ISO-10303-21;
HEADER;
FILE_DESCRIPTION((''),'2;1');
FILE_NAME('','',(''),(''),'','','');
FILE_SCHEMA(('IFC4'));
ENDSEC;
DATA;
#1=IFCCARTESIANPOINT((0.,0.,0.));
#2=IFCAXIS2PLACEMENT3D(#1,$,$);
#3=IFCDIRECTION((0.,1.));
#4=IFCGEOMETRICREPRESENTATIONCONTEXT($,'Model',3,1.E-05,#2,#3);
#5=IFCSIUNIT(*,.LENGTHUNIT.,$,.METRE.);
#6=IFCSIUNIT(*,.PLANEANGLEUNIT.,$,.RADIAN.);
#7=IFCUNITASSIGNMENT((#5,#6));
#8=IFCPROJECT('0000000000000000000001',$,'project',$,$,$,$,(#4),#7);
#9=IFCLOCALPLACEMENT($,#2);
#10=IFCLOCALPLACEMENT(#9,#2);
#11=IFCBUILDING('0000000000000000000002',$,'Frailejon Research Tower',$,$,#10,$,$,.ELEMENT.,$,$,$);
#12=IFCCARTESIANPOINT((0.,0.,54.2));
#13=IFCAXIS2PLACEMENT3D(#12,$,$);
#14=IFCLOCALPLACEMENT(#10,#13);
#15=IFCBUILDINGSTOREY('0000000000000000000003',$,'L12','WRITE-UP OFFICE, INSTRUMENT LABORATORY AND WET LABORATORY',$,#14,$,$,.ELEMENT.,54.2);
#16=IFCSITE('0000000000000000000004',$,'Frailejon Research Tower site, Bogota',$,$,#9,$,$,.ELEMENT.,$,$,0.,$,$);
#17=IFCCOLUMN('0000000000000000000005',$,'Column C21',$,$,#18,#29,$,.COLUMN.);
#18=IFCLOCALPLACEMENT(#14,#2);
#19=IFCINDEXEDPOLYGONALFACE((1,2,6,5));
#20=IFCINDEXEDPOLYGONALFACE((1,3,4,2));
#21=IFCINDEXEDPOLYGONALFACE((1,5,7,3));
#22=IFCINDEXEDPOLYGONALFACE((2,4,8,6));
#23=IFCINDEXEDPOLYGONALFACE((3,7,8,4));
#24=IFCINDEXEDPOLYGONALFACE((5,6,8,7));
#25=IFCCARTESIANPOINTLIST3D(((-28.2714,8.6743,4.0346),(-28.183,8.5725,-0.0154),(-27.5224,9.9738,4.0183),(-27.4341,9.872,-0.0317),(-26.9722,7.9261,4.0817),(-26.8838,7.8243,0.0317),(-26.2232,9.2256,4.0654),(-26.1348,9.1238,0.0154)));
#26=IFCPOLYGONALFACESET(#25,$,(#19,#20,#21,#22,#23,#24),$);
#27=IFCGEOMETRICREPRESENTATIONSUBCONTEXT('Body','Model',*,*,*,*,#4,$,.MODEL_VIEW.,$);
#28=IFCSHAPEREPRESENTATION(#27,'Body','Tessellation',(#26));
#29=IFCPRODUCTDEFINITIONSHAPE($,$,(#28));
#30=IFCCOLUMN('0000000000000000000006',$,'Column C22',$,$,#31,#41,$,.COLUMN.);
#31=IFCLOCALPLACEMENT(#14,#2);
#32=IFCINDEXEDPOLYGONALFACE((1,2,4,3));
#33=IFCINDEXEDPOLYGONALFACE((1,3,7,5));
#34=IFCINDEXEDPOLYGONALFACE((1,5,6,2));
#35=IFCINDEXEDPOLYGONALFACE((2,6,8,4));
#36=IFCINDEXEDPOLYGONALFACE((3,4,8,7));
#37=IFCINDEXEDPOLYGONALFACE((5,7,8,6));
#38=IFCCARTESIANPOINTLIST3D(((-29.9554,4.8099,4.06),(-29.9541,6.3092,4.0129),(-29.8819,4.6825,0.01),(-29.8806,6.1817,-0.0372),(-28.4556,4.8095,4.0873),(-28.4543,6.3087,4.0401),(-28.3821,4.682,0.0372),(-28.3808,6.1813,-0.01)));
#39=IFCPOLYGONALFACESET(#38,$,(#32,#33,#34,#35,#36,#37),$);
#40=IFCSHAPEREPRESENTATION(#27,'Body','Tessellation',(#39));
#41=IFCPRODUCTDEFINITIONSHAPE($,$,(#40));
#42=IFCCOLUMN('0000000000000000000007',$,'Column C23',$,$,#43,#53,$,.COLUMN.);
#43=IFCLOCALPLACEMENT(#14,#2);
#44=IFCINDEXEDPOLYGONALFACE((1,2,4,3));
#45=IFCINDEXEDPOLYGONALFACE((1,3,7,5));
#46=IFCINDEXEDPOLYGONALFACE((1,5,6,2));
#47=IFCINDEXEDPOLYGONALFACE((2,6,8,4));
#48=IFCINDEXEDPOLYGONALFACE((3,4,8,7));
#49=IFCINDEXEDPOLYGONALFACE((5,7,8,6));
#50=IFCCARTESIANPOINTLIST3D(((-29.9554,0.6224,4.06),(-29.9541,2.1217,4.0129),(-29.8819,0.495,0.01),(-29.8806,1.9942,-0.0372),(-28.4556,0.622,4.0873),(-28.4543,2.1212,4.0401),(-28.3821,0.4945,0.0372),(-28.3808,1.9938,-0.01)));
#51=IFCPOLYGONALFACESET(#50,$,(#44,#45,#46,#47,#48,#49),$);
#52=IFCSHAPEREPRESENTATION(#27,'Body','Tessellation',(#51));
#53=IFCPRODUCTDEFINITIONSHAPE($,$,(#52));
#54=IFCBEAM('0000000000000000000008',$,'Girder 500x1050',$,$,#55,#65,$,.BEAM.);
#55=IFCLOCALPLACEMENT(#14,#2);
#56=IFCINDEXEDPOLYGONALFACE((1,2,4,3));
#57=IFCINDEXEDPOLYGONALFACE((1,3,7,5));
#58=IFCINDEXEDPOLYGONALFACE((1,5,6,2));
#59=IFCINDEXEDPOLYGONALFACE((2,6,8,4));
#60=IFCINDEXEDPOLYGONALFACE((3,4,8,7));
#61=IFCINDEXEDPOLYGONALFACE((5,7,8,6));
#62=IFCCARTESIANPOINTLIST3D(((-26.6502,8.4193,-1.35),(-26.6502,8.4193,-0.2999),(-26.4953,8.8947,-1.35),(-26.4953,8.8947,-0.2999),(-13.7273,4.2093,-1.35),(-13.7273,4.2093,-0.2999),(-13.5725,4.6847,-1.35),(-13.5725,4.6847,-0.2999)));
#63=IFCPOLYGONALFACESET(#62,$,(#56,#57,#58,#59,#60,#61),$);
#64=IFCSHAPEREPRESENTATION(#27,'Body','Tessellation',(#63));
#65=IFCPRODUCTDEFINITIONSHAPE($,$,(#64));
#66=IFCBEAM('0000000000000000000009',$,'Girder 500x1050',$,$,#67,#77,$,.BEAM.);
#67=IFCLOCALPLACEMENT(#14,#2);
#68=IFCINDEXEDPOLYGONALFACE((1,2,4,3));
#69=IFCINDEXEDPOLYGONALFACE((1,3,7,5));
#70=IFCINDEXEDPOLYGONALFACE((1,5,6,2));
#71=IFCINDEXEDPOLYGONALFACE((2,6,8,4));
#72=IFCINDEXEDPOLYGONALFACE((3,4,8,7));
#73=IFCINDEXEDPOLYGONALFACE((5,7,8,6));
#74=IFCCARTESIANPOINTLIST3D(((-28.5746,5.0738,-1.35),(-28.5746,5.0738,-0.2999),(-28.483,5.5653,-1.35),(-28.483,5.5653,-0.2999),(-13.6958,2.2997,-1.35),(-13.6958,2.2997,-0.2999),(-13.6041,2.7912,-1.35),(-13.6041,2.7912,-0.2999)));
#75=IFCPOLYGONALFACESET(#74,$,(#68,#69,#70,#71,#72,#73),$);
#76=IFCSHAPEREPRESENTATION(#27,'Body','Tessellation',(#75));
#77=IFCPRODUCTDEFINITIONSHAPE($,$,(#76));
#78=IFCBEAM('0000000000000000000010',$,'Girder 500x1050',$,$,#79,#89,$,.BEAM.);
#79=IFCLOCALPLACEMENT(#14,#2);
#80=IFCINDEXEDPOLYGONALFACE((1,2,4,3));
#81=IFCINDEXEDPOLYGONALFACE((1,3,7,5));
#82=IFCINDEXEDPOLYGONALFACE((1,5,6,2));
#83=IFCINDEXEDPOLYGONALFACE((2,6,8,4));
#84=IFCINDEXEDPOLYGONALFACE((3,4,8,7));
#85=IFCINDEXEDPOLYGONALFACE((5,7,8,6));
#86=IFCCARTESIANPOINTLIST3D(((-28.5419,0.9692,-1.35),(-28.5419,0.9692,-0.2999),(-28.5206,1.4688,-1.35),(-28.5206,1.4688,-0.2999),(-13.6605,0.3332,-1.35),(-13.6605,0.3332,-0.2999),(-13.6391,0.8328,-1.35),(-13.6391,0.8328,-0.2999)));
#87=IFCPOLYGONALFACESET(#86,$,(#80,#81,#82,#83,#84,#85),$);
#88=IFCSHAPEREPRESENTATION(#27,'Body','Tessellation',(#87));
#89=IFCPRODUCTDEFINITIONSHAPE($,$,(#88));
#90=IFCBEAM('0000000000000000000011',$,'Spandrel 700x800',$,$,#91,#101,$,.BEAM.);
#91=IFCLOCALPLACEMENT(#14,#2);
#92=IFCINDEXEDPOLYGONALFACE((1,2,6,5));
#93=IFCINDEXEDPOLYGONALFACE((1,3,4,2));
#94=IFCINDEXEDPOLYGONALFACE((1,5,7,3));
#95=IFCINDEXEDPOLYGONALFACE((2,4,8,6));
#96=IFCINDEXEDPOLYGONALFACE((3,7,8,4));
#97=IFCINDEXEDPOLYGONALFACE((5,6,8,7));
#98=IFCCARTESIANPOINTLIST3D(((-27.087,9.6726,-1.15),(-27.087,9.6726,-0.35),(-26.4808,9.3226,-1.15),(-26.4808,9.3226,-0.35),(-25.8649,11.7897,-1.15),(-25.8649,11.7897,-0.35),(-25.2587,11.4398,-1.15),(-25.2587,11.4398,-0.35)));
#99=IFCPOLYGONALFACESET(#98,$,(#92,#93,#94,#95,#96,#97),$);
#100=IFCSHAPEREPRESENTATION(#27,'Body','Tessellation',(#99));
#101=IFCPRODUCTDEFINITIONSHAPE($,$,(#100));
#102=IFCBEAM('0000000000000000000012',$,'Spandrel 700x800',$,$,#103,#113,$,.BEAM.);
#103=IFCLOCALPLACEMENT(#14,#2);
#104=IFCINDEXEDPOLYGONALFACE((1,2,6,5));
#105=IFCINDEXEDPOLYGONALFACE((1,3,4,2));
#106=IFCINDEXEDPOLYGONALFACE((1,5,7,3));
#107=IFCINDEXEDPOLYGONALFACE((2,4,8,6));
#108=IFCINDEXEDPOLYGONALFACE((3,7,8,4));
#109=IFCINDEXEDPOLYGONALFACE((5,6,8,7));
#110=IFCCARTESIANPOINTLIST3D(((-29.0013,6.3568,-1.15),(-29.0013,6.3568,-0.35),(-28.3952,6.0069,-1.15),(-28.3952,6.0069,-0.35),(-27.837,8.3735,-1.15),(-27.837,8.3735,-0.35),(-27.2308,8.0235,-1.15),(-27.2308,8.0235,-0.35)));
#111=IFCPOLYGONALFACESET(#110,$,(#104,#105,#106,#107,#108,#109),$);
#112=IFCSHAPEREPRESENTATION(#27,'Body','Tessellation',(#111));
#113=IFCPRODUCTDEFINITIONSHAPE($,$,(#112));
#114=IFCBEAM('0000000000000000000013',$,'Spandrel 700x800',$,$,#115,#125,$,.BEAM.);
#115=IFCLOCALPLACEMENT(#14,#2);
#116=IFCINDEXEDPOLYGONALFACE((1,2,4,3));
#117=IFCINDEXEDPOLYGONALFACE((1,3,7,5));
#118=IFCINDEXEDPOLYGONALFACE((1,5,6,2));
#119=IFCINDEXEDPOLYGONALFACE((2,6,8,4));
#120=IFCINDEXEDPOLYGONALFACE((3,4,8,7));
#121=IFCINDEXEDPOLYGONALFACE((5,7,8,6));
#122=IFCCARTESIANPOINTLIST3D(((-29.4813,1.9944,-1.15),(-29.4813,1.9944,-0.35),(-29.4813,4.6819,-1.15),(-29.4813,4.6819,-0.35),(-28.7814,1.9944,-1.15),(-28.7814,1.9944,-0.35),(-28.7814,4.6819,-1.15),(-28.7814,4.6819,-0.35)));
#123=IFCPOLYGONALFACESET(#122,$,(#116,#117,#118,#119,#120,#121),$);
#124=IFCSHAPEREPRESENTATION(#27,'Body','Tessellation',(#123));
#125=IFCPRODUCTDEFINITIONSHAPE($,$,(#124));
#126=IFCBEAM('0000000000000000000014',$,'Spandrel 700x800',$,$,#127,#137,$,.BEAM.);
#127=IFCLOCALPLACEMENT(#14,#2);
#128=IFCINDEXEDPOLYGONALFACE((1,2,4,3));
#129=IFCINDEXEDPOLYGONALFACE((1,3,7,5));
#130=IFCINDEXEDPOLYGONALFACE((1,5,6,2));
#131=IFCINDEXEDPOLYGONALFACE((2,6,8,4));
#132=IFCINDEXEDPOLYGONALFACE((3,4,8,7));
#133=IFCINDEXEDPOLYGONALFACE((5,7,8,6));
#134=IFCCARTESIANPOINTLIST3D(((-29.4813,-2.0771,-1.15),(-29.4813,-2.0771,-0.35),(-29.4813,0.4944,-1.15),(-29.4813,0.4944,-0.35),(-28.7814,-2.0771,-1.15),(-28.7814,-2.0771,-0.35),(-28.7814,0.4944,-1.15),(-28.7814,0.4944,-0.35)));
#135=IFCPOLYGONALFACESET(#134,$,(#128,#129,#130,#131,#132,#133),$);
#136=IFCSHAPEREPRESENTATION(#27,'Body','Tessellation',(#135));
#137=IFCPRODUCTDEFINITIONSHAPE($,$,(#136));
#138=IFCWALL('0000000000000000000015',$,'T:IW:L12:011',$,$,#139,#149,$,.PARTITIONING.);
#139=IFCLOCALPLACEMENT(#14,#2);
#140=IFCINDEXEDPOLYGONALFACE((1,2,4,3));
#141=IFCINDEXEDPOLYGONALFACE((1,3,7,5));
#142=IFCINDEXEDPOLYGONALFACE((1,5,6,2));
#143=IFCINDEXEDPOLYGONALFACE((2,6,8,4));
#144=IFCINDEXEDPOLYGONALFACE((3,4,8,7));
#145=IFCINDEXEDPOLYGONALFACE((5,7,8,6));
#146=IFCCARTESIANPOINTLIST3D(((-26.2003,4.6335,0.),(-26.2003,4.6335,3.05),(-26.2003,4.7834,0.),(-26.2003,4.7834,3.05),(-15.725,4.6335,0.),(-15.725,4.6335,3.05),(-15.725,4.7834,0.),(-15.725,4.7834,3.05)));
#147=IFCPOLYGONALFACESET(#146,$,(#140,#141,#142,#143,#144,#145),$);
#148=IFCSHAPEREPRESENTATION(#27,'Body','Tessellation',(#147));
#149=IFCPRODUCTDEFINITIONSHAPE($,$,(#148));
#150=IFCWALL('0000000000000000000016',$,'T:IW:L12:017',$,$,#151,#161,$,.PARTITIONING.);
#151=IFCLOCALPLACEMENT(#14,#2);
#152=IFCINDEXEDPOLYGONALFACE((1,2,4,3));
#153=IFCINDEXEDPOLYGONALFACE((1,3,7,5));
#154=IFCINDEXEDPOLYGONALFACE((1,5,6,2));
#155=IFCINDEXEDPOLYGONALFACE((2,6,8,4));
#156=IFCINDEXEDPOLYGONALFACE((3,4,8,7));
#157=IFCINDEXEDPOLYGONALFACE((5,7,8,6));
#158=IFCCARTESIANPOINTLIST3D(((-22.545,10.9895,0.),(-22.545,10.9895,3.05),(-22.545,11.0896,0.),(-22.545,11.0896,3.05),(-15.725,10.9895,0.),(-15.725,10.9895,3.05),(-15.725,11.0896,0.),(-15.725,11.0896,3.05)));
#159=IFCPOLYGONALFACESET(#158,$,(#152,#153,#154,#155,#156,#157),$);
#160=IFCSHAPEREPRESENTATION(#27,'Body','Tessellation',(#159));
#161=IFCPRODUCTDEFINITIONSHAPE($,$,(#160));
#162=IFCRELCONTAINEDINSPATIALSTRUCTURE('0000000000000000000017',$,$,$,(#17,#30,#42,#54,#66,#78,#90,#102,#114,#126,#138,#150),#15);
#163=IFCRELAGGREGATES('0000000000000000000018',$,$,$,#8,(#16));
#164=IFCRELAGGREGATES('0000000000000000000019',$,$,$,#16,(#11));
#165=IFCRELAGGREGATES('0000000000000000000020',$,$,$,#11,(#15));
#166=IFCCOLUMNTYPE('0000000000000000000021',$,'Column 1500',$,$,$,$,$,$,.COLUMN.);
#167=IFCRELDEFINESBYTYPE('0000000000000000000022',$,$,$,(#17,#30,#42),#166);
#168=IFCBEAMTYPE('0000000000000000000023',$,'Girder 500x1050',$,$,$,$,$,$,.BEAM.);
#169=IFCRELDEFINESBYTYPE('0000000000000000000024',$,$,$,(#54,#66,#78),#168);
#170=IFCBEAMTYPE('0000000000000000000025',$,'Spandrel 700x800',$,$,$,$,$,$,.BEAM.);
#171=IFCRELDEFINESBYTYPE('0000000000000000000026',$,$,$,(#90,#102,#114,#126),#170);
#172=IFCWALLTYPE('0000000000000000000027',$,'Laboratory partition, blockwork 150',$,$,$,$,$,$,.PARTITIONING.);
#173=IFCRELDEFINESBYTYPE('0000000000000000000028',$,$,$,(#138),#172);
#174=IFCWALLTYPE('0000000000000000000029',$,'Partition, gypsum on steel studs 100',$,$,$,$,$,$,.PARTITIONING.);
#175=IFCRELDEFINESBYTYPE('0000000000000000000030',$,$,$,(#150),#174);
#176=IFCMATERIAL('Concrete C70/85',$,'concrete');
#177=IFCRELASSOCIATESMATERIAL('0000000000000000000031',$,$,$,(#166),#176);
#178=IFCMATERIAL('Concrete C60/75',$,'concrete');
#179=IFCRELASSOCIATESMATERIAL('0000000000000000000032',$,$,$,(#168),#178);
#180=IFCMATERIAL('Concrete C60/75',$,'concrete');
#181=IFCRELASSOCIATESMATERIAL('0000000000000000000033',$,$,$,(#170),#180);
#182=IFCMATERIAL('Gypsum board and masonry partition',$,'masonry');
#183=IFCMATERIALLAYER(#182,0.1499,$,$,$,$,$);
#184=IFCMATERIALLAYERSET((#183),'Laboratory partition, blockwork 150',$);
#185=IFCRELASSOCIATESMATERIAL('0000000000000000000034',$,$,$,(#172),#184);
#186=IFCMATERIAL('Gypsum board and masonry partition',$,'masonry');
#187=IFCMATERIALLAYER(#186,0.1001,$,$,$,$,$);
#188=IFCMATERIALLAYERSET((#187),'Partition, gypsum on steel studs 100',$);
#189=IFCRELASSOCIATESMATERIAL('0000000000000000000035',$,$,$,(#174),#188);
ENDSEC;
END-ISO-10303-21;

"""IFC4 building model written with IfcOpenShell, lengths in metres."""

from ifc_helpers import new_model, si_unit, direction, frame, frame_2d, origin, origin_2d, place, context, subcontext, project, spatial, rectangle, extrude, material, layer, layer_set, material_profile, profile_set, type_object, element, save


model = new_model("IFC4")

# Units and contexts
model_context = context("Model", 3, precision=1e-05, world=origin(), true_north=direction((0.0, 1.0)))
body_context = subcontext(model_context, "Body", "Model", "MODEL_VIEW")
ifc_project = project(units=[si_unit("LENGTHUNIT", "METRE"), si_unit("PLANEANGLEUNIT", "RADIAN")], contexts=[model_context])

# Site, building, storey
site_placement = place(None, origin())
site = spatial("IfcSite", under=ifc_project, at=site_placement, Name="Frailejon Research Tower site, Bogota", CompositionType="ELEMENT", RefElevation=0.0)
building_placement = place(site_placement, origin())
building = spatial("IfcBuilding", under=site, at=building_placement, Name="Frailejon Research Tower", CompositionType="ELEMENT")
storey_placement = place(building_placement, frame((0.0, 0.0, 54.2)))
storey = spatial("IfcBuildingStorey", under=building, at=storey_placement, Name="L12", Description="WRITE-UP OFFICE, INSTRUMENT LABORATORY AND WET LABORATORY", CompositionType="ELEMENT", Elevation=54.2)

# Columns
ifc_material_1 = material(Name="Concrete C70/85", Category="concrete")
ifc_material_profile_1 = material_profile(ifc_material_1, rectangle(XDim=1.5, YDim=1.5, at=origin_2d()), Name="Column 1500")
ifc_profile_set_1 = profile_set([ifc_material_profile_1], Name="Concrete C70/85")
column_type = type_object("IfcColumnType", Name="Column 1500", PredefinedType="COLUMN", material=ifc_profile_set_1)
column_placement = place(storey_placement, frame((-27.1589, 8.8481, 0.0), z_axis=(-0.02181, 0.025123, 0.999446), x_axis=(-0.499317, -0.866351, 0.010882)))
element("IfcColumn", 1, at=column_placement, inside=storey, type_object=column_type, Name="Column C21", PredefinedType="COLUMN", context=body_context, shape_type="SweptSolid", body=[
    extrude(rectangle(XDim=1.5, YDim=1.5, at=origin_2d()), origin(), (0.0, 0.0, 1.0), 4.0522),
])
for number, where, z_axis, x_axis, name in (
    (2, (-29.1313, 5.4319, 0.0), (-0.018133, 0.031446, 0.999341), (-0.000853, -0.999505, 0.031436), "Column C22"),
    (3, (-29.1313, 1.2444, 0.0), (-0.018133, 0.031446, 0.999341), (-0.000853, -0.999505, 0.031436), "Column C23"),
):
    element("IfcColumn", number, at=place(storey_placement, frame(where, z_axis=z_axis, x_axis=x_axis)), inside=storey, type_object=column_type, Name=name, PredefinedType="COLUMN", context=body_context, shape_type="SweptSolid", body=[
        extrude(rectangle(XDim=1.5, YDim=1.5, at=origin_2d()), origin(), (0.0, 0.0, 1.0), 4.0527),
    ])

# Beams
ifc_material_2 = material(Name="Concrete C60/75", Category="concrete")
ifc_material_profile_2 = material_profile(ifc_material_2, rectangle(XDim=0.5, YDim=1.05, at=origin_2d()), Name="Girder 500x1050")
ifc_profile_set_2 = profile_set([ifc_material_profile_2], Name="Concrete C60/75")
beam_type_1 = type_object("IfcBeamType", Name="Girder 500x1050", PredefinedType="BEAM", material=ifc_profile_set_2)
beam_1_placement = place(storey_placement, frame((-26.5728, 8.657, -0.825), z_axis=(0.950817, -0.309754, 0.0), x_axis=(0.309754, 0.950817, 0.0)))
element("IfcBeam", 4, at=beam_1_placement, inside=storey, type_object=beam_type_1, Name="Girder 500x1050", PredefinedType="BEAM", context=body_context, shape_type="SweptSolid", body=[
    extrude(rectangle(XDim=0.5, YDim=1.05, at=origin_2d()), origin(), (0.0, 0.0, 1.0), 13.5913),
])
beam_2_placement = place(storey_placement, frame((-28.5288, 5.3196, -0.825), z_axis=(0.983059, -0.183291, 0.0), x_axis=(0.183291, 0.983059, 0.0)))
element("IfcBeam", 5, at=beam_2_placement, inside=storey, type_object=beam_type_1, Name="Girder 500x1050", PredefinedType="BEAM", context=body_context, shape_type="SweptSolid", body=[
    extrude(rectangle(XDim=0.5, YDim=1.05, at=origin_2d()), origin(), (0.0, 0.0, 1.0), 15.1353),
])
beam_3_placement = place(storey_placement, frame((-28.5312, 1.219, -0.825), z_axis=(0.999088, -0.042698, 0.0), x_axis=(0.042698, 0.999088, 0.0)))
element("IfcBeam", 6, at=beam_3_placement, inside=storey, type_object=beam_type_1, Name="Girder 500x1050", PredefinedType="BEAM", context=body_context, shape_type="SweptSolid", body=[
    extrude(rectangle(XDim=0.5, YDim=1.05, at=origin_2d()), origin(), (0.0, 0.0, 1.0), 14.895),
])
ifc_material_3 = material(Name="Concrete C60/75", Category="concrete")
ifc_material_profile_3 = material_profile(ifc_material_3, rectangle(XDim=0.7, YDim=0.8, at=origin_2d()), Name="Spandrel 700x800")
ifc_profile_set_3 = profile_set([ifc_material_profile_3], Name="Concrete C60/75")
beam_type_2 = type_object("IfcBeamType", Name="Spandrel 700x800", PredefinedType="BEAM", material=ifc_profile_set_3)
beam_4_placement = place(storey_placement, frame((-25.5618, 11.6147, -0.75), z_axis=(-0.499941, -0.866059, 0.0), x_axis=(0.866059, -0.499941, 0.0)))
element("IfcBeam", 7, at=beam_4_placement, inside=storey, type_object=beam_type_2, Name="Spandrel 700x800", PredefinedType="BEAM", context=body_context, shape_type="SweptSolid", body=[
    extrude(rectangle(XDim=0.7, YDim=0.8, at=origin_2d()), origin(), (0.0, 0.0, 1.0), 2.4446),
])
beam_5_placement = place(storey_placement, frame((-27.5339, 8.1985, -0.75), z_axis=(-0.500007, -0.866021, 0.0), x_axis=(0.866021, -0.500007, 0.0)))
element("IfcBeam", 8, at=beam_5_placement, inside=storey, type_object=beam_type_2, Name="Spandrel 700x800", PredefinedType="BEAM", context=body_context, shape_type="SweptSolid", body=[
    extrude(rectangle(XDim=0.7, YDim=0.8, at=origin_2d()), origin(), (0.0, 0.0, 1.0), 2.3286),
])
beam_6_placement = place(storey_placement, frame((-29.1313, 4.6819, -0.75), z_axis=(0.0, -1.0, 0.0), x_axis=(1.0, 0.0, 0.0)))
element("IfcBeam", 9, at=beam_6_placement, inside=storey, type_object=beam_type_2, Name="Spandrel 700x800", PredefinedType="BEAM", context=body_context, shape_type="SweptSolid", body=[
    extrude(rectangle(XDim=0.7, YDim=0.8, at=origin_2d()), origin(), (0.0, 0.0, 1.0), 2.6875),
])
beam_7_placement = place(storey_placement, frame((-29.1313, 0.4944, -0.75), z_axis=(0.0, -1.0, 0.0), x_axis=(1.0, 0.0, 0.0)))
element("IfcBeam", 10, at=beam_7_placement, inside=storey, type_object=beam_type_2, Name="Spandrel 700x800", PredefinedType="BEAM", context=body_context, shape_type="SweptSolid", body=[
    extrude(rectangle(XDim=0.7, YDim=0.8, at=origin_2d()), origin(), (0.0, 0.0, 1.0), 2.5715),
])

# Walls
ifc_material_4 = material(Name="Gypsum board and masonry partition", Category="masonry")
ifc_layer_1 = layer(ifc_material_4, 0.1499)
ifc_layer_set_1 = layer_set([ifc_layer_1], Name="Laboratory partition, blockwork 150")
wall_type_1 = type_object("IfcWallType", Name="Laboratory partition, blockwork 150", PredefinedType="PARTITIONING", material=ifc_layer_set_1)
wall_1_placement = place(storey_placement, frame((-26.2004, 4.7085, 0.0), z_axis=(0.0, 0.0, 1.0), x_axis=(1.0, 0.0, 0.0)))
element("IfcWall", 11, at=wall_1_placement, inside=storey, type_object=wall_type_1, Name="T:IW:L12:011", PredefinedType="PARTITIONING", context=body_context, shape_type="SweptSolid", body=[
    extrude(rectangle(XDim=10.4753, YDim=0.1499, at=frame_2d((5.2378, 0.0))), origin(), (0.0, 0.0, 1.0), 3.05),
])
ifc_material_5 = material(Name="Gypsum board and masonry partition", Category="masonry")
ifc_layer_2 = layer(ifc_material_5, 0.1001)
ifc_layer_set_2 = layer_set([ifc_layer_2], Name="Partition, gypsum on steel studs 100")
wall_type_2 = type_object("IfcWallType", Name="Partition, gypsum on steel studs 100", PredefinedType="PARTITIONING", material=ifc_layer_set_2)
wall_2_placement = place(storey_placement, frame((-22.5452, 11.0396, 0.0), z_axis=(0.0, 0.0, 1.0), x_axis=(1.0, 0.0, 0.0)))
element("IfcWall", 12, at=wall_2_placement, inside=storey, type_object=wall_type_2, Name="T:IW:L12:017", PredefinedType="PARTITIONING", context=body_context, shape_type="SweptSolid", body=[
    extrude(rectangle(XDim=6.8201, YDim=0.1001, at=frame_2d((3.4102, 0.0))), origin(), (0.0, 0.0, 1.0), 3.05),
])

save(model, "model.ifc")
